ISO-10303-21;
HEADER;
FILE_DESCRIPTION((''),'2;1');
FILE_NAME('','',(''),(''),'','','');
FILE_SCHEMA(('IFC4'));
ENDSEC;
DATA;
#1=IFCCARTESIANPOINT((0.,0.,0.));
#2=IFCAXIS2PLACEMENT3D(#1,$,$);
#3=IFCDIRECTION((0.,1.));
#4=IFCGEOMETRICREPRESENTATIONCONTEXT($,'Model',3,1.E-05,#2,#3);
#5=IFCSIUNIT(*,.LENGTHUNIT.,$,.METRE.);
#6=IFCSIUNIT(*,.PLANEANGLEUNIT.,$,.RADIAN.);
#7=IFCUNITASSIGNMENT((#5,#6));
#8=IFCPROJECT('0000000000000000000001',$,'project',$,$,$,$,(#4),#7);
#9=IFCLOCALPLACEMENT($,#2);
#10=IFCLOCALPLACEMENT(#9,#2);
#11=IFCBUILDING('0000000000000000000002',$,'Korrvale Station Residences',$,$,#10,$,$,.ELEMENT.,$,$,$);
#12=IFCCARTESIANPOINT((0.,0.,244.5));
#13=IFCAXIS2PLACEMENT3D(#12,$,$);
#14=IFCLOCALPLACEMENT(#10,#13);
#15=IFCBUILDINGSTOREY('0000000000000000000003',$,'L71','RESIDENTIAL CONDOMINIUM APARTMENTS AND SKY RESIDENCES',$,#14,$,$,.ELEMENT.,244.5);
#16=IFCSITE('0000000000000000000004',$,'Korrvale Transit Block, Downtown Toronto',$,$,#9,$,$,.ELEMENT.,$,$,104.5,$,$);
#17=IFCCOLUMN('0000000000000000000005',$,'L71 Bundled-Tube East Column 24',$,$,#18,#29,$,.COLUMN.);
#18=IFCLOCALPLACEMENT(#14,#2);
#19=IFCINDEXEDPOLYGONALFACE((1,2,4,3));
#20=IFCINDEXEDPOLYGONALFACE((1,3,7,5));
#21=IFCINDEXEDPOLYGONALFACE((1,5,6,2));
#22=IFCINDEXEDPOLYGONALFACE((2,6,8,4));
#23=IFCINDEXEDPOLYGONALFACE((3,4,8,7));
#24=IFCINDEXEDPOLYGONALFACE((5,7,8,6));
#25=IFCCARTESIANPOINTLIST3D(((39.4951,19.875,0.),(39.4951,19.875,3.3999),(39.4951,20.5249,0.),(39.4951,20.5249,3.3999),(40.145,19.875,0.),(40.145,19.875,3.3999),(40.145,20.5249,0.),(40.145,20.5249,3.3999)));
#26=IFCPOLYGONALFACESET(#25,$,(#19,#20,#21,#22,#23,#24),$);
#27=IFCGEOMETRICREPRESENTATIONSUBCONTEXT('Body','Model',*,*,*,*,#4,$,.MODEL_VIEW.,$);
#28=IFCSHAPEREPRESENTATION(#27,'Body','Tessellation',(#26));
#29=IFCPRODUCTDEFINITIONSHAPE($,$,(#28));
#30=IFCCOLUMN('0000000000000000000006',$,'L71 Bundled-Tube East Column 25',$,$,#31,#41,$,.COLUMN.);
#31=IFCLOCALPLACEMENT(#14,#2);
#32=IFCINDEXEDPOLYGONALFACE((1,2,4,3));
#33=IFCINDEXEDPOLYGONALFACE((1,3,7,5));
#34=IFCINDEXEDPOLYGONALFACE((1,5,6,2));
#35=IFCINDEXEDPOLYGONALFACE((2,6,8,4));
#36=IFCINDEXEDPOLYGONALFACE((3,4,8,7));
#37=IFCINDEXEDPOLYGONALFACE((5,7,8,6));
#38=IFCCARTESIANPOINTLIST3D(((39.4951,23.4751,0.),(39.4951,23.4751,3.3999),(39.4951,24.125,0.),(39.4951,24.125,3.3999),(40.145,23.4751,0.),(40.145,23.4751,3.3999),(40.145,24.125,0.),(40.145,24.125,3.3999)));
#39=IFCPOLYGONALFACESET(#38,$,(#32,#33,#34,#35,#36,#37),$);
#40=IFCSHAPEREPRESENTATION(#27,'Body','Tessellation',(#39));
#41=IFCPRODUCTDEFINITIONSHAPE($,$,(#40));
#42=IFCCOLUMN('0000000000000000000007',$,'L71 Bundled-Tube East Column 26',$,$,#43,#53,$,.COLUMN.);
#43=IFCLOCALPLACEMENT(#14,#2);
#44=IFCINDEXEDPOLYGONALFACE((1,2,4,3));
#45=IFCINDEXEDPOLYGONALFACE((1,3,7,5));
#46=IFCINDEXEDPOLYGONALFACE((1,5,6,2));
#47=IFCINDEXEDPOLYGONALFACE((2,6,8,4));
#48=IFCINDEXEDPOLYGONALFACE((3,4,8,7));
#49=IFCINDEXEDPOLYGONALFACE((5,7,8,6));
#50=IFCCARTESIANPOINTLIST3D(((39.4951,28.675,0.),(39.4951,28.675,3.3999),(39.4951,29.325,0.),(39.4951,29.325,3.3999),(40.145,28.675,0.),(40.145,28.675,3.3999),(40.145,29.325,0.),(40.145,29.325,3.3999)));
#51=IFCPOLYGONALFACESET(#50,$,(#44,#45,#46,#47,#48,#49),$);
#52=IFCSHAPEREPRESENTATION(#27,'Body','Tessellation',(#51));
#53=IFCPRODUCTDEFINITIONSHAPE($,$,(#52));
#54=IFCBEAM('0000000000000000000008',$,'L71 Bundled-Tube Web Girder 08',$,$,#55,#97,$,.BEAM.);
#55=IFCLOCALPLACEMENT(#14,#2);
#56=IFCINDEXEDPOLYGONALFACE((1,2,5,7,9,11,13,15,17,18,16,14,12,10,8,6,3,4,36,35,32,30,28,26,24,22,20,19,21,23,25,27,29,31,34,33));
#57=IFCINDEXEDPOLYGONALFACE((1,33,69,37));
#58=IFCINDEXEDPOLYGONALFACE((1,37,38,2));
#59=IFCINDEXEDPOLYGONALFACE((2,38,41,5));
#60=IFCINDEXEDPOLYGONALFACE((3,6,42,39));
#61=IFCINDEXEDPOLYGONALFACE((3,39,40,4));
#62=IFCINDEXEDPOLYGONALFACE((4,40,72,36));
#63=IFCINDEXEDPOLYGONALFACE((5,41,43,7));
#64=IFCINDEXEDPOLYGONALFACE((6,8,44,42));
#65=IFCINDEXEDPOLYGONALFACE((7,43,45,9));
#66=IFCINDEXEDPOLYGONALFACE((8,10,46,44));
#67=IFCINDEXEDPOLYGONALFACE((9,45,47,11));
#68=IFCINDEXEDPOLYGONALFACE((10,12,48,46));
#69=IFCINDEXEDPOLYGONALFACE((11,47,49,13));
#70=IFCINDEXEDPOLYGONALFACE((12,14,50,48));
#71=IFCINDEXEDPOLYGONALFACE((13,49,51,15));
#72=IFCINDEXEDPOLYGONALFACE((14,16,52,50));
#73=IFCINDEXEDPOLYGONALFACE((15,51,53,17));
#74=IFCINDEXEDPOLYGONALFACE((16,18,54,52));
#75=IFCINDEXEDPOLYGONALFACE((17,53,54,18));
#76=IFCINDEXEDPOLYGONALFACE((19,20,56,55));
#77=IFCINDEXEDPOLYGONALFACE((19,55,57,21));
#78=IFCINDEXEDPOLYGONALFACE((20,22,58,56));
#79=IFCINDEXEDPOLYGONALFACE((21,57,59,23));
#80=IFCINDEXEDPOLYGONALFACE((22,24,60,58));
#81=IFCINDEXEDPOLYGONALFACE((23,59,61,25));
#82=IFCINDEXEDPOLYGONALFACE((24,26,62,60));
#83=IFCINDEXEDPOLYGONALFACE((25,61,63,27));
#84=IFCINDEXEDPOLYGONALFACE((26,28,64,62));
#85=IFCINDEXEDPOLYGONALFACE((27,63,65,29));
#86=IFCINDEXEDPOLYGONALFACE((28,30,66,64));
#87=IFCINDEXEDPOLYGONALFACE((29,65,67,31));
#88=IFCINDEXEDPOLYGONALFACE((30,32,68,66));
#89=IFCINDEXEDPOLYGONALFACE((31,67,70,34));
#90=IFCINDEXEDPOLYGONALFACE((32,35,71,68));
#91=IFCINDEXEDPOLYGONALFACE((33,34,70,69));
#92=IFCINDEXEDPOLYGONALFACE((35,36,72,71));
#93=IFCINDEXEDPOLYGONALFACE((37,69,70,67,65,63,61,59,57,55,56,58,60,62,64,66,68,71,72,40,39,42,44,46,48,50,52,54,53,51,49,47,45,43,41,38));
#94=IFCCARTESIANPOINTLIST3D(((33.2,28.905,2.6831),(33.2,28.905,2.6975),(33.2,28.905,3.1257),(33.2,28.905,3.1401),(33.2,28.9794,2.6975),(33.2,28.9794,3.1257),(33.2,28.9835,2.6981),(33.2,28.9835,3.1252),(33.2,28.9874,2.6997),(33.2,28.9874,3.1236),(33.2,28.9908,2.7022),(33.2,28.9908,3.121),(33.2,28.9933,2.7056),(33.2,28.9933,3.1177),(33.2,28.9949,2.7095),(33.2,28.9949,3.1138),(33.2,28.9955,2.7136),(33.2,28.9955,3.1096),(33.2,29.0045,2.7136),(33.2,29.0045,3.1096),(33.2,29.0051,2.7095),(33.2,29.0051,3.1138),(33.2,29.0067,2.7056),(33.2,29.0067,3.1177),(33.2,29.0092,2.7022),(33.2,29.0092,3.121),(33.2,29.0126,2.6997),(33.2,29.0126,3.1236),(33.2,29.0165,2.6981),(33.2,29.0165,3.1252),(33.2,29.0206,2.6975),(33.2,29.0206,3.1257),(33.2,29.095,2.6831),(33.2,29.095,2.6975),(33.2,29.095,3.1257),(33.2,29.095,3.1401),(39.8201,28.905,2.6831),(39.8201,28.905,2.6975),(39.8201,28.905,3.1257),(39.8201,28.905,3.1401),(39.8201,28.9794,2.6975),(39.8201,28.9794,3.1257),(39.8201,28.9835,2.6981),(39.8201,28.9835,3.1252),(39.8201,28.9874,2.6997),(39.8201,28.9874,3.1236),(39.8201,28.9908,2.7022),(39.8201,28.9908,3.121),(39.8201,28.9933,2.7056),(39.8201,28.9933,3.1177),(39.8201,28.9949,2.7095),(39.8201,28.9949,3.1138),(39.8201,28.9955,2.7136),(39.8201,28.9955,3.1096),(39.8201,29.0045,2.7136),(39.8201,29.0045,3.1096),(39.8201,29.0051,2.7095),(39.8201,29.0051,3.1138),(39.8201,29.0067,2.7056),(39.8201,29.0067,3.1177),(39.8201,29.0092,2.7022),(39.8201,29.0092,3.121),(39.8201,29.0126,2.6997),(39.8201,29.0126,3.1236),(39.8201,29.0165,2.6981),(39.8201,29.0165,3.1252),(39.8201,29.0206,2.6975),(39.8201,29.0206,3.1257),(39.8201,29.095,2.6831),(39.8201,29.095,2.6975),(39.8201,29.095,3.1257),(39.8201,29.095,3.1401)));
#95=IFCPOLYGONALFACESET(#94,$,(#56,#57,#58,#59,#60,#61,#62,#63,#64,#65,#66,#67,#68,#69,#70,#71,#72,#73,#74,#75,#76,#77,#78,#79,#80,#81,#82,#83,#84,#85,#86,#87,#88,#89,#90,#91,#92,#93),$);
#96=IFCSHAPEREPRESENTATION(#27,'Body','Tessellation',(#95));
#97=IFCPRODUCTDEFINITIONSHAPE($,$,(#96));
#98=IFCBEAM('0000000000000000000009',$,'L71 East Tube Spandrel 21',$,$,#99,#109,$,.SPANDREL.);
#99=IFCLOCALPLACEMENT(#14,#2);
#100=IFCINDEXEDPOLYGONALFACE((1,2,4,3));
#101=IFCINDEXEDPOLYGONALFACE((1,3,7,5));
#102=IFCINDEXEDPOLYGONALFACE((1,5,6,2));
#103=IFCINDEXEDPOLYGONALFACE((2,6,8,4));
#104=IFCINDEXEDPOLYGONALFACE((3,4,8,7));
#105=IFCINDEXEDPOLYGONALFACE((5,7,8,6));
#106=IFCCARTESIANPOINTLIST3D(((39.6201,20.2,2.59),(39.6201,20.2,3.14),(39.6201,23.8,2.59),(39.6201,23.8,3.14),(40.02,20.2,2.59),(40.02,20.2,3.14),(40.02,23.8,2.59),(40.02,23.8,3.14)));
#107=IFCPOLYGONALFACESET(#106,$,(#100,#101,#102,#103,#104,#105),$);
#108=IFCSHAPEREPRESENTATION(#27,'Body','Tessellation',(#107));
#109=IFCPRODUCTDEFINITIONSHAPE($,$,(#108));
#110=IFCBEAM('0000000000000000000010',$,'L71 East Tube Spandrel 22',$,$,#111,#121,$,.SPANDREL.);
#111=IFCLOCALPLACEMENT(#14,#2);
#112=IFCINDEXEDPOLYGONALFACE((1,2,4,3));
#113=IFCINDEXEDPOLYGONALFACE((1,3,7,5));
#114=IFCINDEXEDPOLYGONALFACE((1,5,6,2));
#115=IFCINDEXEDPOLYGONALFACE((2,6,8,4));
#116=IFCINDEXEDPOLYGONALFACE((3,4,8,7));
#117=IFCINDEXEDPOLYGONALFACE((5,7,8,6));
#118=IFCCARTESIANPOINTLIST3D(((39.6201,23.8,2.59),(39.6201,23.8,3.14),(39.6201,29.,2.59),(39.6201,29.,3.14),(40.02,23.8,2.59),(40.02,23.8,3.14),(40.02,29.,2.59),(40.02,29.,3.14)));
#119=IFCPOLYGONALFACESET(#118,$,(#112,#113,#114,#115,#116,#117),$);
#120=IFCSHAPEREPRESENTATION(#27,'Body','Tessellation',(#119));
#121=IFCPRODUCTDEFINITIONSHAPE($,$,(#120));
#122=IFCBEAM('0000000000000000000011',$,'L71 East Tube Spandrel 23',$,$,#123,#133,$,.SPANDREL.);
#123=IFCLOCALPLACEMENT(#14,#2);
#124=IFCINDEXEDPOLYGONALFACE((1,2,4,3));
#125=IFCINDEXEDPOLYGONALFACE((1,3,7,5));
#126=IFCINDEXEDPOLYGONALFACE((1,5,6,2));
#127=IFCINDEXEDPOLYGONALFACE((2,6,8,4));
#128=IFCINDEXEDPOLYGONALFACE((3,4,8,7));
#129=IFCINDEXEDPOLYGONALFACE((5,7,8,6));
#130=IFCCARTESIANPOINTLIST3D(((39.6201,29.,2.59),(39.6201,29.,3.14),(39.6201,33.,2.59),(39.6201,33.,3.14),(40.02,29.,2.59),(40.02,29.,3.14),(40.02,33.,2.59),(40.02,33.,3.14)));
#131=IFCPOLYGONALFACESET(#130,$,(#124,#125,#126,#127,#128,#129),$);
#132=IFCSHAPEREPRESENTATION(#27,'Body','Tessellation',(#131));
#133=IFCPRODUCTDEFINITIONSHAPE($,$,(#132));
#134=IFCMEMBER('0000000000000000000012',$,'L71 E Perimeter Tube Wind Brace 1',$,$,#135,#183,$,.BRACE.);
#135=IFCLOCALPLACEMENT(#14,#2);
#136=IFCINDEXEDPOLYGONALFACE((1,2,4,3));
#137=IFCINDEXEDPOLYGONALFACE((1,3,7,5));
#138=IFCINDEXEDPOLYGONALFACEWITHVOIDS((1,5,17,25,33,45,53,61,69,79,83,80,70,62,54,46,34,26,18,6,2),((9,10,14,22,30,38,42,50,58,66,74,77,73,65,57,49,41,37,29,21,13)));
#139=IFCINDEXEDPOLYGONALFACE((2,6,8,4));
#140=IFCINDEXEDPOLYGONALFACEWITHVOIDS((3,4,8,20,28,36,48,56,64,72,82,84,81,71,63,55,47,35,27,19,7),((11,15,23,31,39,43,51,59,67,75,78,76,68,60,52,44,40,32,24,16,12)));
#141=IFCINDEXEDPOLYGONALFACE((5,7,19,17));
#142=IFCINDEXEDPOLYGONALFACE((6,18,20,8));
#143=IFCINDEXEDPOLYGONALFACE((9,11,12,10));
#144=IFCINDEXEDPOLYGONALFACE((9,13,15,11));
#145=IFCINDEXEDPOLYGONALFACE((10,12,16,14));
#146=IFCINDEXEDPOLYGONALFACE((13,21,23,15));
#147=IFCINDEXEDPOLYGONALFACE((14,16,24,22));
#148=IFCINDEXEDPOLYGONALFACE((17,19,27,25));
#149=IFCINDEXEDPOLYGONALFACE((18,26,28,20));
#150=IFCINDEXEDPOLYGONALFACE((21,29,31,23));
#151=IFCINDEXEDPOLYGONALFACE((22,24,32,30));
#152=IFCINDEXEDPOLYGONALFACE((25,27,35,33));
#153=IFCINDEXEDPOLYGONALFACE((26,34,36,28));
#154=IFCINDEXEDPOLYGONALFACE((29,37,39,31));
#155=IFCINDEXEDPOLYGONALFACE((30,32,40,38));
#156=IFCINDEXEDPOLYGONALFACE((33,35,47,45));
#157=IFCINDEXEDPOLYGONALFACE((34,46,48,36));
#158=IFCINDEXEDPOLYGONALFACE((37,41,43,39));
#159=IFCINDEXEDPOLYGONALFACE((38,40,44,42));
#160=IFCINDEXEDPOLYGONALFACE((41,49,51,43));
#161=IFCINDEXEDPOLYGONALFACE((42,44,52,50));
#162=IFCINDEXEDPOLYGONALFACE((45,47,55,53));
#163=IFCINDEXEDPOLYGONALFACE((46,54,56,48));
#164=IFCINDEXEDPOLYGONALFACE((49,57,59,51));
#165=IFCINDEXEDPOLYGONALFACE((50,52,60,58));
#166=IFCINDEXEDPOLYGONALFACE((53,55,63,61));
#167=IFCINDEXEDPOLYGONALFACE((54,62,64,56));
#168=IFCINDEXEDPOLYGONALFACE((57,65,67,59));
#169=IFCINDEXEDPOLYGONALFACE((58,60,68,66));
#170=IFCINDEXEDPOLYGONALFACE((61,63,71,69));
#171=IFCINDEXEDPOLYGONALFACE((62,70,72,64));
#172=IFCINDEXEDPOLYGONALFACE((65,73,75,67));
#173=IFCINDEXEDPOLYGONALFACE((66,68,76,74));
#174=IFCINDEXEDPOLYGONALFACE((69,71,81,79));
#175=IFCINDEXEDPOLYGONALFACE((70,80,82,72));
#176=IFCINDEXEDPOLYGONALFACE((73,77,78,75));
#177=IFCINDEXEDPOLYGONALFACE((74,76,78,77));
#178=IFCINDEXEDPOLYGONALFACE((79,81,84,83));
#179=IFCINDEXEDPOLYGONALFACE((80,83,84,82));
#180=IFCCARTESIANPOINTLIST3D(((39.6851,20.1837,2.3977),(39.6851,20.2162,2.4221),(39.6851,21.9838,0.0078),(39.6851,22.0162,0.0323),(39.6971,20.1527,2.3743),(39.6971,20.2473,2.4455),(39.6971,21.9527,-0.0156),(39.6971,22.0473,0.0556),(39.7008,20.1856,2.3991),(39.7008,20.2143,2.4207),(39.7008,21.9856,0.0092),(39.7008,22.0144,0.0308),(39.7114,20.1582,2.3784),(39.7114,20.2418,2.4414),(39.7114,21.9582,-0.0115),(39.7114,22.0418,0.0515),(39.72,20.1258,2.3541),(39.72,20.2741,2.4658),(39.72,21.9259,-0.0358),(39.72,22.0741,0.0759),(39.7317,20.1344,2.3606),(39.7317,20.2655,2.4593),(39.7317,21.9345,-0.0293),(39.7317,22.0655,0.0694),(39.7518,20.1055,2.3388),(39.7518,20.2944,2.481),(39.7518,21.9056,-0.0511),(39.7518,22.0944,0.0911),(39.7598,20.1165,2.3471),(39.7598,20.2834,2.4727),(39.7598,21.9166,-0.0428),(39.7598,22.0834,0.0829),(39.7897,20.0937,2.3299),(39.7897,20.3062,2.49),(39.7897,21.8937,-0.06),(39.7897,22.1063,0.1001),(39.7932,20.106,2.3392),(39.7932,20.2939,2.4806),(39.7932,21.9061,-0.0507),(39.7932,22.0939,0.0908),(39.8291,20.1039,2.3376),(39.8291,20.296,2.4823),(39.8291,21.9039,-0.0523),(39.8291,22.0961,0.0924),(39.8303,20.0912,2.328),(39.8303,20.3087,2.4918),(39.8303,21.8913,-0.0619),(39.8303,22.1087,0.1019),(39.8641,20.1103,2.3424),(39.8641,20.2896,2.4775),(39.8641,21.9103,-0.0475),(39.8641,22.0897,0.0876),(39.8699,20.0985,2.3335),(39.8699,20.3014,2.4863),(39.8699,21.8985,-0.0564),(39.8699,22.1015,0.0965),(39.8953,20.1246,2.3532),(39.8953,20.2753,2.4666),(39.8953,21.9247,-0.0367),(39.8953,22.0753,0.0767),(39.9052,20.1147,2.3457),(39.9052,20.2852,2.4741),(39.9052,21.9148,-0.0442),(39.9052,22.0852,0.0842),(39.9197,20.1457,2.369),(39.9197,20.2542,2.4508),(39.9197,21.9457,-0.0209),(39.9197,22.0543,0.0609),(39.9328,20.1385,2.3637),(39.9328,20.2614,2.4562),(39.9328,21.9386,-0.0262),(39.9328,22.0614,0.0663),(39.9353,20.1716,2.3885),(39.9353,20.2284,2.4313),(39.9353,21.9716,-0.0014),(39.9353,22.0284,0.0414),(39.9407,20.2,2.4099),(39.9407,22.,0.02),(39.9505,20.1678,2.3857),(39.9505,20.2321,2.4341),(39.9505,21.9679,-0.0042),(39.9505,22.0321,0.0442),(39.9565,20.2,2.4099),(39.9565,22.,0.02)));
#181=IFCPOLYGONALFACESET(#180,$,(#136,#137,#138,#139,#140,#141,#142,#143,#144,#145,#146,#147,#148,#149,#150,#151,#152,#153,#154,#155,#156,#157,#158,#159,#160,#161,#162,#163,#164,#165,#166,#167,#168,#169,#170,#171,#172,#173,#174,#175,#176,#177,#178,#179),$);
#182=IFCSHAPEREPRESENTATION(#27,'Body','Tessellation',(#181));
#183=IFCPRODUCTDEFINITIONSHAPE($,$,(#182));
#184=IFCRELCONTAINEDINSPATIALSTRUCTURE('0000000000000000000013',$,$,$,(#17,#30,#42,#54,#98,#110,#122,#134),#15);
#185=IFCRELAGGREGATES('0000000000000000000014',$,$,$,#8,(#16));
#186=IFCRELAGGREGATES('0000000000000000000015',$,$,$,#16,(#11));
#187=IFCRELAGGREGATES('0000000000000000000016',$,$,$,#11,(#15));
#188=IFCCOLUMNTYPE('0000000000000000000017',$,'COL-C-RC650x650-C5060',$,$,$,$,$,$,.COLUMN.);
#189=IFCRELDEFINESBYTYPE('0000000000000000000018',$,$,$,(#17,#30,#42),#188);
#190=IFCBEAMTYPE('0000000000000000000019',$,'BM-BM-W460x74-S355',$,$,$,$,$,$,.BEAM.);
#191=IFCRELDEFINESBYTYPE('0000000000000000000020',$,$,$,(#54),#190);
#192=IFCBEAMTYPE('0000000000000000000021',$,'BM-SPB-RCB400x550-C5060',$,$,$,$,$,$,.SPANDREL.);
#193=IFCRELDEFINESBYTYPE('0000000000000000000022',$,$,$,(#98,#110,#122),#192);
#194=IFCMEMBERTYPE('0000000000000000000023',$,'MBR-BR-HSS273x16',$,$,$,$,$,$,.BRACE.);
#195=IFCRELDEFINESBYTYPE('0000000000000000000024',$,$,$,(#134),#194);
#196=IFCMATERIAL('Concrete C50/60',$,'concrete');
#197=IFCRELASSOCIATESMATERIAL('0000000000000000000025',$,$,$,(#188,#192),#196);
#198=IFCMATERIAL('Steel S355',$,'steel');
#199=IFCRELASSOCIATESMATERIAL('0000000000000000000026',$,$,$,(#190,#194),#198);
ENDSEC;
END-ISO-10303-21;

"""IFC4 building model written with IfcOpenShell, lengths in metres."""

from ifc_helpers import new_model, si_unit, direction, frame, origin, origin_2d, place, context, subcontext, project, spatial, rectangle, hollow_circle, i_section, extrude, material, material_profile, profile_set, type_object, element, save


model = new_model("IFC4")

# Units and contexts
model_context = context("Model", 3, precision=1e-05, world=origin(), true_north=direction((0.0, 1.0)))
body_context = subcontext(model_context, "Body", "Model", "MODEL_VIEW")
ifc_project = project(units=[si_unit("LENGTHUNIT", "METRE"), si_unit("PLANEANGLEUNIT", "RADIAN")], contexts=[model_context])

# Site, building, storey
site_placement = place(None, origin())
site = spatial("IfcSite", under=ifc_project, at=site_placement, Name="Korrvale Transit Block, Downtown Toronto", CompositionType="ELEMENT", RefElevation=104.5)
building_placement = place(site_placement, origin())
building = spatial("IfcBuilding", under=site, at=building_placement, Name="Korrvale Station Residences", CompositionType="ELEMENT")
storey_placement = place(building_placement, frame((0.0, 0.0, 244.5)))
storey = spatial("IfcBuildingStorey", under=building, at=storey_placement, Name="L71", Description="RESIDENTIAL CONDOMINIUM APARTMENTS AND SKY RESIDENCES", CompositionType="ELEMENT", Elevation=244.5)

# Columns
ifc_material_1 = material(Name="Concrete C50/60", Category="concrete")
ifc_material_profile_1 = material_profile(ifc_material_1, rectangle(XDim=0.6499, YDim=0.6499, at=origin_2d()), Name="RC650x650")
ifc_profile_set_1 = profile_set([ifc_material_profile_1], Name="Concrete C50/60")
column_type = type_object("IfcColumnType", Name="COL-C-RC650x650-C5060", PredefinedType="COLUMN", material=ifc_profile_set_1)
for number, where, z_axis, x_axis, name in (
    (1, (39.8201, 20.2, 0.0), (0.0, 0.0, 1.0), (1.0, 0.0, 0.0), "L71 Bundled-Tube East Column 24"),
    (2, (39.8201, 23.8, 0.0), (0.0, 0.0, 1.0), (1.0, 0.0, 0.0), "L71 Bundled-Tube East Column 25"),
    (3, (39.8201, 29.0, 0.0), (0.0, 0.0, 1.0), (1.0, 0.0, 0.0), "L71 Bundled-Tube East Column 26"),
):
    element("IfcColumn", number, at=place(storey_placement, frame(where, z_axis=z_axis, x_axis=x_axis)), inside=storey, type_object=column_type, Name=name, PredefinedType="COLUMN", context=body_context, shape_type="SweptSolid", body=[
        extrude(rectangle(XDim=0.6499, YDim=0.6499, at=origin_2d()), origin(), (0.0, 0.0, 1.0), 3.3999),
    ])

# Beams
ifc_material_2 = material(Name="Steel S355", Category="steel")
ifc_material_profile_2 = material_profile(ifc_material_2, i_section(OverallWidth=0.1899, OverallDepth=0.457, WebThickness=0.009, FlangeThickness=0.0144, FilletRadius=0.0161, at=origin_2d()), Name="W460x74")
ifc_profile_set_2 = profile_set([ifc_material_profile_2], Name="Steel S355")
beam_type_1 = type_object("IfcBeamType", Name="BM-BM-W460x74-S355", PredefinedType="BEAM", material=ifc_profile_set_2)
beam_1_placement = place(storey_placement, frame((33.2, 29.0, 2.9116), z_axis=(1.0, 0.0, 0.0), x_axis=(0.0, 1.0, 0.0)))
element("IfcBeam", 4, at=beam_1_placement, inside=storey, type_object=beam_type_1, Name="L71 Bundled-Tube Web Girder 08", PredefinedType="BEAM", context=body_context, shape_type="SweptSolid", body=[
    extrude(i_section(OverallWidth=0.1899, OverallDepth=0.457, WebThickness=0.009, FlangeThickness=0.0144, FilletRadius=0.0161, at=origin_2d()), origin(), (0.0, 0.0, 1.0), 6.6201),
])
ifc_material_profile_3 = material_profile(ifc_material_1, rectangle(XDim=0.3999, YDim=0.55, at=origin_2d()), Name="RCB400x550")
ifc_profile_set_3 = profile_set([ifc_material_profile_3], Name="Concrete C50/60")
beam_type_2 = type_object("IfcBeamType", Name="BM-SPB-RCB400x550-C5060", PredefinedType="SPANDREL", material=ifc_profile_set_3)
beam_2_placement = place(storey_placement, frame((39.8201, 20.2, 2.865), z_axis=(0.0, 1.0, 0.0), x_axis=(-1.0, 0.0, 0.0)))
element("IfcBeam", 5, at=beam_2_placement, inside=storey, type_object=beam_type_2, Name="L71 East Tube Spandrel 21", PredefinedType="SPANDREL", context=body_context, shape_type="SweptSolid", body=[
    extrude(rectangle(XDim=0.3999, YDim=0.55, at=origin_2d()), origin(), (0.0, 0.0, 1.0), 3.6001),
])
beam_3_placement = place(storey_placement, frame((39.8201, 23.8, 2.865), z_axis=(0.0, 1.0, 0.0), x_axis=(-1.0, 0.0, 0.0)))
element("IfcBeam", 6, at=beam_3_placement, inside=storey, type_object=beam_type_2, Name="L71 East Tube Spandrel 22", PredefinedType="SPANDREL", context=body_context, shape_type="SweptSolid", body=[
    extrude(rectangle(XDim=0.3999, YDim=0.55, at=origin_2d()), origin(), (0.0, 0.0, 1.0), 5.2),
])
beam_4_placement = place(storey_placement, frame((39.8201, 29.0, 2.865), z_axis=(0.0, 1.0, 0.0), x_axis=(-1.0, 0.0, 0.0)))
element("IfcBeam", 7, at=beam_4_placement, inside=storey, type_object=beam_type_2, Name="L71 East Tube Spandrel 23", PredefinedType="SPANDREL", context=body_context, shape_type="SweptSolid", body=[
    extrude(rectangle(XDim=0.3999, YDim=0.55, at=origin_2d()), origin(), (0.0, 0.0, 1.0), 4.0),
])

# Member
ifc_material_profile_4 = material_profile(ifc_material_2, hollow_circle(Radius=0.1365, WallThickness=0.0159, at=origin_2d()), Name="HSS273x16")
ifc_profile_set_4 = profile_set([ifc_material_profile_4], Name="Steel S355")
member_type = type_object("IfcMemberType", Name="MBR-BR-HSS273x16", PredefinedType="BRACE", material=ifc_profile_set_4)
for number, where, z_axis, x_axis, name in (
    (8, (39.8201, 22.0, 0.02), (0.0, -0.601631, 0.798774), (1.0, 0.0, 0.0), "L71 E Perimeter Tube Wind Brace 1"),
):
    element("IfcMember", number, at=place(storey_placement, frame(where, z_axis=z_axis, x_axis=x_axis)), inside=storey, type_object=member_type, Name=name, PredefinedType="BRACE", context=body_context, shape_type="SweptSolid", body=[
        extrude(hollow_circle(Radius=0.1365, WallThickness=0.0159, at=origin_2d()), origin(), (0.0, 0.0, 1.0), 2.9919),
    ])

save(model, "model.ifc")
